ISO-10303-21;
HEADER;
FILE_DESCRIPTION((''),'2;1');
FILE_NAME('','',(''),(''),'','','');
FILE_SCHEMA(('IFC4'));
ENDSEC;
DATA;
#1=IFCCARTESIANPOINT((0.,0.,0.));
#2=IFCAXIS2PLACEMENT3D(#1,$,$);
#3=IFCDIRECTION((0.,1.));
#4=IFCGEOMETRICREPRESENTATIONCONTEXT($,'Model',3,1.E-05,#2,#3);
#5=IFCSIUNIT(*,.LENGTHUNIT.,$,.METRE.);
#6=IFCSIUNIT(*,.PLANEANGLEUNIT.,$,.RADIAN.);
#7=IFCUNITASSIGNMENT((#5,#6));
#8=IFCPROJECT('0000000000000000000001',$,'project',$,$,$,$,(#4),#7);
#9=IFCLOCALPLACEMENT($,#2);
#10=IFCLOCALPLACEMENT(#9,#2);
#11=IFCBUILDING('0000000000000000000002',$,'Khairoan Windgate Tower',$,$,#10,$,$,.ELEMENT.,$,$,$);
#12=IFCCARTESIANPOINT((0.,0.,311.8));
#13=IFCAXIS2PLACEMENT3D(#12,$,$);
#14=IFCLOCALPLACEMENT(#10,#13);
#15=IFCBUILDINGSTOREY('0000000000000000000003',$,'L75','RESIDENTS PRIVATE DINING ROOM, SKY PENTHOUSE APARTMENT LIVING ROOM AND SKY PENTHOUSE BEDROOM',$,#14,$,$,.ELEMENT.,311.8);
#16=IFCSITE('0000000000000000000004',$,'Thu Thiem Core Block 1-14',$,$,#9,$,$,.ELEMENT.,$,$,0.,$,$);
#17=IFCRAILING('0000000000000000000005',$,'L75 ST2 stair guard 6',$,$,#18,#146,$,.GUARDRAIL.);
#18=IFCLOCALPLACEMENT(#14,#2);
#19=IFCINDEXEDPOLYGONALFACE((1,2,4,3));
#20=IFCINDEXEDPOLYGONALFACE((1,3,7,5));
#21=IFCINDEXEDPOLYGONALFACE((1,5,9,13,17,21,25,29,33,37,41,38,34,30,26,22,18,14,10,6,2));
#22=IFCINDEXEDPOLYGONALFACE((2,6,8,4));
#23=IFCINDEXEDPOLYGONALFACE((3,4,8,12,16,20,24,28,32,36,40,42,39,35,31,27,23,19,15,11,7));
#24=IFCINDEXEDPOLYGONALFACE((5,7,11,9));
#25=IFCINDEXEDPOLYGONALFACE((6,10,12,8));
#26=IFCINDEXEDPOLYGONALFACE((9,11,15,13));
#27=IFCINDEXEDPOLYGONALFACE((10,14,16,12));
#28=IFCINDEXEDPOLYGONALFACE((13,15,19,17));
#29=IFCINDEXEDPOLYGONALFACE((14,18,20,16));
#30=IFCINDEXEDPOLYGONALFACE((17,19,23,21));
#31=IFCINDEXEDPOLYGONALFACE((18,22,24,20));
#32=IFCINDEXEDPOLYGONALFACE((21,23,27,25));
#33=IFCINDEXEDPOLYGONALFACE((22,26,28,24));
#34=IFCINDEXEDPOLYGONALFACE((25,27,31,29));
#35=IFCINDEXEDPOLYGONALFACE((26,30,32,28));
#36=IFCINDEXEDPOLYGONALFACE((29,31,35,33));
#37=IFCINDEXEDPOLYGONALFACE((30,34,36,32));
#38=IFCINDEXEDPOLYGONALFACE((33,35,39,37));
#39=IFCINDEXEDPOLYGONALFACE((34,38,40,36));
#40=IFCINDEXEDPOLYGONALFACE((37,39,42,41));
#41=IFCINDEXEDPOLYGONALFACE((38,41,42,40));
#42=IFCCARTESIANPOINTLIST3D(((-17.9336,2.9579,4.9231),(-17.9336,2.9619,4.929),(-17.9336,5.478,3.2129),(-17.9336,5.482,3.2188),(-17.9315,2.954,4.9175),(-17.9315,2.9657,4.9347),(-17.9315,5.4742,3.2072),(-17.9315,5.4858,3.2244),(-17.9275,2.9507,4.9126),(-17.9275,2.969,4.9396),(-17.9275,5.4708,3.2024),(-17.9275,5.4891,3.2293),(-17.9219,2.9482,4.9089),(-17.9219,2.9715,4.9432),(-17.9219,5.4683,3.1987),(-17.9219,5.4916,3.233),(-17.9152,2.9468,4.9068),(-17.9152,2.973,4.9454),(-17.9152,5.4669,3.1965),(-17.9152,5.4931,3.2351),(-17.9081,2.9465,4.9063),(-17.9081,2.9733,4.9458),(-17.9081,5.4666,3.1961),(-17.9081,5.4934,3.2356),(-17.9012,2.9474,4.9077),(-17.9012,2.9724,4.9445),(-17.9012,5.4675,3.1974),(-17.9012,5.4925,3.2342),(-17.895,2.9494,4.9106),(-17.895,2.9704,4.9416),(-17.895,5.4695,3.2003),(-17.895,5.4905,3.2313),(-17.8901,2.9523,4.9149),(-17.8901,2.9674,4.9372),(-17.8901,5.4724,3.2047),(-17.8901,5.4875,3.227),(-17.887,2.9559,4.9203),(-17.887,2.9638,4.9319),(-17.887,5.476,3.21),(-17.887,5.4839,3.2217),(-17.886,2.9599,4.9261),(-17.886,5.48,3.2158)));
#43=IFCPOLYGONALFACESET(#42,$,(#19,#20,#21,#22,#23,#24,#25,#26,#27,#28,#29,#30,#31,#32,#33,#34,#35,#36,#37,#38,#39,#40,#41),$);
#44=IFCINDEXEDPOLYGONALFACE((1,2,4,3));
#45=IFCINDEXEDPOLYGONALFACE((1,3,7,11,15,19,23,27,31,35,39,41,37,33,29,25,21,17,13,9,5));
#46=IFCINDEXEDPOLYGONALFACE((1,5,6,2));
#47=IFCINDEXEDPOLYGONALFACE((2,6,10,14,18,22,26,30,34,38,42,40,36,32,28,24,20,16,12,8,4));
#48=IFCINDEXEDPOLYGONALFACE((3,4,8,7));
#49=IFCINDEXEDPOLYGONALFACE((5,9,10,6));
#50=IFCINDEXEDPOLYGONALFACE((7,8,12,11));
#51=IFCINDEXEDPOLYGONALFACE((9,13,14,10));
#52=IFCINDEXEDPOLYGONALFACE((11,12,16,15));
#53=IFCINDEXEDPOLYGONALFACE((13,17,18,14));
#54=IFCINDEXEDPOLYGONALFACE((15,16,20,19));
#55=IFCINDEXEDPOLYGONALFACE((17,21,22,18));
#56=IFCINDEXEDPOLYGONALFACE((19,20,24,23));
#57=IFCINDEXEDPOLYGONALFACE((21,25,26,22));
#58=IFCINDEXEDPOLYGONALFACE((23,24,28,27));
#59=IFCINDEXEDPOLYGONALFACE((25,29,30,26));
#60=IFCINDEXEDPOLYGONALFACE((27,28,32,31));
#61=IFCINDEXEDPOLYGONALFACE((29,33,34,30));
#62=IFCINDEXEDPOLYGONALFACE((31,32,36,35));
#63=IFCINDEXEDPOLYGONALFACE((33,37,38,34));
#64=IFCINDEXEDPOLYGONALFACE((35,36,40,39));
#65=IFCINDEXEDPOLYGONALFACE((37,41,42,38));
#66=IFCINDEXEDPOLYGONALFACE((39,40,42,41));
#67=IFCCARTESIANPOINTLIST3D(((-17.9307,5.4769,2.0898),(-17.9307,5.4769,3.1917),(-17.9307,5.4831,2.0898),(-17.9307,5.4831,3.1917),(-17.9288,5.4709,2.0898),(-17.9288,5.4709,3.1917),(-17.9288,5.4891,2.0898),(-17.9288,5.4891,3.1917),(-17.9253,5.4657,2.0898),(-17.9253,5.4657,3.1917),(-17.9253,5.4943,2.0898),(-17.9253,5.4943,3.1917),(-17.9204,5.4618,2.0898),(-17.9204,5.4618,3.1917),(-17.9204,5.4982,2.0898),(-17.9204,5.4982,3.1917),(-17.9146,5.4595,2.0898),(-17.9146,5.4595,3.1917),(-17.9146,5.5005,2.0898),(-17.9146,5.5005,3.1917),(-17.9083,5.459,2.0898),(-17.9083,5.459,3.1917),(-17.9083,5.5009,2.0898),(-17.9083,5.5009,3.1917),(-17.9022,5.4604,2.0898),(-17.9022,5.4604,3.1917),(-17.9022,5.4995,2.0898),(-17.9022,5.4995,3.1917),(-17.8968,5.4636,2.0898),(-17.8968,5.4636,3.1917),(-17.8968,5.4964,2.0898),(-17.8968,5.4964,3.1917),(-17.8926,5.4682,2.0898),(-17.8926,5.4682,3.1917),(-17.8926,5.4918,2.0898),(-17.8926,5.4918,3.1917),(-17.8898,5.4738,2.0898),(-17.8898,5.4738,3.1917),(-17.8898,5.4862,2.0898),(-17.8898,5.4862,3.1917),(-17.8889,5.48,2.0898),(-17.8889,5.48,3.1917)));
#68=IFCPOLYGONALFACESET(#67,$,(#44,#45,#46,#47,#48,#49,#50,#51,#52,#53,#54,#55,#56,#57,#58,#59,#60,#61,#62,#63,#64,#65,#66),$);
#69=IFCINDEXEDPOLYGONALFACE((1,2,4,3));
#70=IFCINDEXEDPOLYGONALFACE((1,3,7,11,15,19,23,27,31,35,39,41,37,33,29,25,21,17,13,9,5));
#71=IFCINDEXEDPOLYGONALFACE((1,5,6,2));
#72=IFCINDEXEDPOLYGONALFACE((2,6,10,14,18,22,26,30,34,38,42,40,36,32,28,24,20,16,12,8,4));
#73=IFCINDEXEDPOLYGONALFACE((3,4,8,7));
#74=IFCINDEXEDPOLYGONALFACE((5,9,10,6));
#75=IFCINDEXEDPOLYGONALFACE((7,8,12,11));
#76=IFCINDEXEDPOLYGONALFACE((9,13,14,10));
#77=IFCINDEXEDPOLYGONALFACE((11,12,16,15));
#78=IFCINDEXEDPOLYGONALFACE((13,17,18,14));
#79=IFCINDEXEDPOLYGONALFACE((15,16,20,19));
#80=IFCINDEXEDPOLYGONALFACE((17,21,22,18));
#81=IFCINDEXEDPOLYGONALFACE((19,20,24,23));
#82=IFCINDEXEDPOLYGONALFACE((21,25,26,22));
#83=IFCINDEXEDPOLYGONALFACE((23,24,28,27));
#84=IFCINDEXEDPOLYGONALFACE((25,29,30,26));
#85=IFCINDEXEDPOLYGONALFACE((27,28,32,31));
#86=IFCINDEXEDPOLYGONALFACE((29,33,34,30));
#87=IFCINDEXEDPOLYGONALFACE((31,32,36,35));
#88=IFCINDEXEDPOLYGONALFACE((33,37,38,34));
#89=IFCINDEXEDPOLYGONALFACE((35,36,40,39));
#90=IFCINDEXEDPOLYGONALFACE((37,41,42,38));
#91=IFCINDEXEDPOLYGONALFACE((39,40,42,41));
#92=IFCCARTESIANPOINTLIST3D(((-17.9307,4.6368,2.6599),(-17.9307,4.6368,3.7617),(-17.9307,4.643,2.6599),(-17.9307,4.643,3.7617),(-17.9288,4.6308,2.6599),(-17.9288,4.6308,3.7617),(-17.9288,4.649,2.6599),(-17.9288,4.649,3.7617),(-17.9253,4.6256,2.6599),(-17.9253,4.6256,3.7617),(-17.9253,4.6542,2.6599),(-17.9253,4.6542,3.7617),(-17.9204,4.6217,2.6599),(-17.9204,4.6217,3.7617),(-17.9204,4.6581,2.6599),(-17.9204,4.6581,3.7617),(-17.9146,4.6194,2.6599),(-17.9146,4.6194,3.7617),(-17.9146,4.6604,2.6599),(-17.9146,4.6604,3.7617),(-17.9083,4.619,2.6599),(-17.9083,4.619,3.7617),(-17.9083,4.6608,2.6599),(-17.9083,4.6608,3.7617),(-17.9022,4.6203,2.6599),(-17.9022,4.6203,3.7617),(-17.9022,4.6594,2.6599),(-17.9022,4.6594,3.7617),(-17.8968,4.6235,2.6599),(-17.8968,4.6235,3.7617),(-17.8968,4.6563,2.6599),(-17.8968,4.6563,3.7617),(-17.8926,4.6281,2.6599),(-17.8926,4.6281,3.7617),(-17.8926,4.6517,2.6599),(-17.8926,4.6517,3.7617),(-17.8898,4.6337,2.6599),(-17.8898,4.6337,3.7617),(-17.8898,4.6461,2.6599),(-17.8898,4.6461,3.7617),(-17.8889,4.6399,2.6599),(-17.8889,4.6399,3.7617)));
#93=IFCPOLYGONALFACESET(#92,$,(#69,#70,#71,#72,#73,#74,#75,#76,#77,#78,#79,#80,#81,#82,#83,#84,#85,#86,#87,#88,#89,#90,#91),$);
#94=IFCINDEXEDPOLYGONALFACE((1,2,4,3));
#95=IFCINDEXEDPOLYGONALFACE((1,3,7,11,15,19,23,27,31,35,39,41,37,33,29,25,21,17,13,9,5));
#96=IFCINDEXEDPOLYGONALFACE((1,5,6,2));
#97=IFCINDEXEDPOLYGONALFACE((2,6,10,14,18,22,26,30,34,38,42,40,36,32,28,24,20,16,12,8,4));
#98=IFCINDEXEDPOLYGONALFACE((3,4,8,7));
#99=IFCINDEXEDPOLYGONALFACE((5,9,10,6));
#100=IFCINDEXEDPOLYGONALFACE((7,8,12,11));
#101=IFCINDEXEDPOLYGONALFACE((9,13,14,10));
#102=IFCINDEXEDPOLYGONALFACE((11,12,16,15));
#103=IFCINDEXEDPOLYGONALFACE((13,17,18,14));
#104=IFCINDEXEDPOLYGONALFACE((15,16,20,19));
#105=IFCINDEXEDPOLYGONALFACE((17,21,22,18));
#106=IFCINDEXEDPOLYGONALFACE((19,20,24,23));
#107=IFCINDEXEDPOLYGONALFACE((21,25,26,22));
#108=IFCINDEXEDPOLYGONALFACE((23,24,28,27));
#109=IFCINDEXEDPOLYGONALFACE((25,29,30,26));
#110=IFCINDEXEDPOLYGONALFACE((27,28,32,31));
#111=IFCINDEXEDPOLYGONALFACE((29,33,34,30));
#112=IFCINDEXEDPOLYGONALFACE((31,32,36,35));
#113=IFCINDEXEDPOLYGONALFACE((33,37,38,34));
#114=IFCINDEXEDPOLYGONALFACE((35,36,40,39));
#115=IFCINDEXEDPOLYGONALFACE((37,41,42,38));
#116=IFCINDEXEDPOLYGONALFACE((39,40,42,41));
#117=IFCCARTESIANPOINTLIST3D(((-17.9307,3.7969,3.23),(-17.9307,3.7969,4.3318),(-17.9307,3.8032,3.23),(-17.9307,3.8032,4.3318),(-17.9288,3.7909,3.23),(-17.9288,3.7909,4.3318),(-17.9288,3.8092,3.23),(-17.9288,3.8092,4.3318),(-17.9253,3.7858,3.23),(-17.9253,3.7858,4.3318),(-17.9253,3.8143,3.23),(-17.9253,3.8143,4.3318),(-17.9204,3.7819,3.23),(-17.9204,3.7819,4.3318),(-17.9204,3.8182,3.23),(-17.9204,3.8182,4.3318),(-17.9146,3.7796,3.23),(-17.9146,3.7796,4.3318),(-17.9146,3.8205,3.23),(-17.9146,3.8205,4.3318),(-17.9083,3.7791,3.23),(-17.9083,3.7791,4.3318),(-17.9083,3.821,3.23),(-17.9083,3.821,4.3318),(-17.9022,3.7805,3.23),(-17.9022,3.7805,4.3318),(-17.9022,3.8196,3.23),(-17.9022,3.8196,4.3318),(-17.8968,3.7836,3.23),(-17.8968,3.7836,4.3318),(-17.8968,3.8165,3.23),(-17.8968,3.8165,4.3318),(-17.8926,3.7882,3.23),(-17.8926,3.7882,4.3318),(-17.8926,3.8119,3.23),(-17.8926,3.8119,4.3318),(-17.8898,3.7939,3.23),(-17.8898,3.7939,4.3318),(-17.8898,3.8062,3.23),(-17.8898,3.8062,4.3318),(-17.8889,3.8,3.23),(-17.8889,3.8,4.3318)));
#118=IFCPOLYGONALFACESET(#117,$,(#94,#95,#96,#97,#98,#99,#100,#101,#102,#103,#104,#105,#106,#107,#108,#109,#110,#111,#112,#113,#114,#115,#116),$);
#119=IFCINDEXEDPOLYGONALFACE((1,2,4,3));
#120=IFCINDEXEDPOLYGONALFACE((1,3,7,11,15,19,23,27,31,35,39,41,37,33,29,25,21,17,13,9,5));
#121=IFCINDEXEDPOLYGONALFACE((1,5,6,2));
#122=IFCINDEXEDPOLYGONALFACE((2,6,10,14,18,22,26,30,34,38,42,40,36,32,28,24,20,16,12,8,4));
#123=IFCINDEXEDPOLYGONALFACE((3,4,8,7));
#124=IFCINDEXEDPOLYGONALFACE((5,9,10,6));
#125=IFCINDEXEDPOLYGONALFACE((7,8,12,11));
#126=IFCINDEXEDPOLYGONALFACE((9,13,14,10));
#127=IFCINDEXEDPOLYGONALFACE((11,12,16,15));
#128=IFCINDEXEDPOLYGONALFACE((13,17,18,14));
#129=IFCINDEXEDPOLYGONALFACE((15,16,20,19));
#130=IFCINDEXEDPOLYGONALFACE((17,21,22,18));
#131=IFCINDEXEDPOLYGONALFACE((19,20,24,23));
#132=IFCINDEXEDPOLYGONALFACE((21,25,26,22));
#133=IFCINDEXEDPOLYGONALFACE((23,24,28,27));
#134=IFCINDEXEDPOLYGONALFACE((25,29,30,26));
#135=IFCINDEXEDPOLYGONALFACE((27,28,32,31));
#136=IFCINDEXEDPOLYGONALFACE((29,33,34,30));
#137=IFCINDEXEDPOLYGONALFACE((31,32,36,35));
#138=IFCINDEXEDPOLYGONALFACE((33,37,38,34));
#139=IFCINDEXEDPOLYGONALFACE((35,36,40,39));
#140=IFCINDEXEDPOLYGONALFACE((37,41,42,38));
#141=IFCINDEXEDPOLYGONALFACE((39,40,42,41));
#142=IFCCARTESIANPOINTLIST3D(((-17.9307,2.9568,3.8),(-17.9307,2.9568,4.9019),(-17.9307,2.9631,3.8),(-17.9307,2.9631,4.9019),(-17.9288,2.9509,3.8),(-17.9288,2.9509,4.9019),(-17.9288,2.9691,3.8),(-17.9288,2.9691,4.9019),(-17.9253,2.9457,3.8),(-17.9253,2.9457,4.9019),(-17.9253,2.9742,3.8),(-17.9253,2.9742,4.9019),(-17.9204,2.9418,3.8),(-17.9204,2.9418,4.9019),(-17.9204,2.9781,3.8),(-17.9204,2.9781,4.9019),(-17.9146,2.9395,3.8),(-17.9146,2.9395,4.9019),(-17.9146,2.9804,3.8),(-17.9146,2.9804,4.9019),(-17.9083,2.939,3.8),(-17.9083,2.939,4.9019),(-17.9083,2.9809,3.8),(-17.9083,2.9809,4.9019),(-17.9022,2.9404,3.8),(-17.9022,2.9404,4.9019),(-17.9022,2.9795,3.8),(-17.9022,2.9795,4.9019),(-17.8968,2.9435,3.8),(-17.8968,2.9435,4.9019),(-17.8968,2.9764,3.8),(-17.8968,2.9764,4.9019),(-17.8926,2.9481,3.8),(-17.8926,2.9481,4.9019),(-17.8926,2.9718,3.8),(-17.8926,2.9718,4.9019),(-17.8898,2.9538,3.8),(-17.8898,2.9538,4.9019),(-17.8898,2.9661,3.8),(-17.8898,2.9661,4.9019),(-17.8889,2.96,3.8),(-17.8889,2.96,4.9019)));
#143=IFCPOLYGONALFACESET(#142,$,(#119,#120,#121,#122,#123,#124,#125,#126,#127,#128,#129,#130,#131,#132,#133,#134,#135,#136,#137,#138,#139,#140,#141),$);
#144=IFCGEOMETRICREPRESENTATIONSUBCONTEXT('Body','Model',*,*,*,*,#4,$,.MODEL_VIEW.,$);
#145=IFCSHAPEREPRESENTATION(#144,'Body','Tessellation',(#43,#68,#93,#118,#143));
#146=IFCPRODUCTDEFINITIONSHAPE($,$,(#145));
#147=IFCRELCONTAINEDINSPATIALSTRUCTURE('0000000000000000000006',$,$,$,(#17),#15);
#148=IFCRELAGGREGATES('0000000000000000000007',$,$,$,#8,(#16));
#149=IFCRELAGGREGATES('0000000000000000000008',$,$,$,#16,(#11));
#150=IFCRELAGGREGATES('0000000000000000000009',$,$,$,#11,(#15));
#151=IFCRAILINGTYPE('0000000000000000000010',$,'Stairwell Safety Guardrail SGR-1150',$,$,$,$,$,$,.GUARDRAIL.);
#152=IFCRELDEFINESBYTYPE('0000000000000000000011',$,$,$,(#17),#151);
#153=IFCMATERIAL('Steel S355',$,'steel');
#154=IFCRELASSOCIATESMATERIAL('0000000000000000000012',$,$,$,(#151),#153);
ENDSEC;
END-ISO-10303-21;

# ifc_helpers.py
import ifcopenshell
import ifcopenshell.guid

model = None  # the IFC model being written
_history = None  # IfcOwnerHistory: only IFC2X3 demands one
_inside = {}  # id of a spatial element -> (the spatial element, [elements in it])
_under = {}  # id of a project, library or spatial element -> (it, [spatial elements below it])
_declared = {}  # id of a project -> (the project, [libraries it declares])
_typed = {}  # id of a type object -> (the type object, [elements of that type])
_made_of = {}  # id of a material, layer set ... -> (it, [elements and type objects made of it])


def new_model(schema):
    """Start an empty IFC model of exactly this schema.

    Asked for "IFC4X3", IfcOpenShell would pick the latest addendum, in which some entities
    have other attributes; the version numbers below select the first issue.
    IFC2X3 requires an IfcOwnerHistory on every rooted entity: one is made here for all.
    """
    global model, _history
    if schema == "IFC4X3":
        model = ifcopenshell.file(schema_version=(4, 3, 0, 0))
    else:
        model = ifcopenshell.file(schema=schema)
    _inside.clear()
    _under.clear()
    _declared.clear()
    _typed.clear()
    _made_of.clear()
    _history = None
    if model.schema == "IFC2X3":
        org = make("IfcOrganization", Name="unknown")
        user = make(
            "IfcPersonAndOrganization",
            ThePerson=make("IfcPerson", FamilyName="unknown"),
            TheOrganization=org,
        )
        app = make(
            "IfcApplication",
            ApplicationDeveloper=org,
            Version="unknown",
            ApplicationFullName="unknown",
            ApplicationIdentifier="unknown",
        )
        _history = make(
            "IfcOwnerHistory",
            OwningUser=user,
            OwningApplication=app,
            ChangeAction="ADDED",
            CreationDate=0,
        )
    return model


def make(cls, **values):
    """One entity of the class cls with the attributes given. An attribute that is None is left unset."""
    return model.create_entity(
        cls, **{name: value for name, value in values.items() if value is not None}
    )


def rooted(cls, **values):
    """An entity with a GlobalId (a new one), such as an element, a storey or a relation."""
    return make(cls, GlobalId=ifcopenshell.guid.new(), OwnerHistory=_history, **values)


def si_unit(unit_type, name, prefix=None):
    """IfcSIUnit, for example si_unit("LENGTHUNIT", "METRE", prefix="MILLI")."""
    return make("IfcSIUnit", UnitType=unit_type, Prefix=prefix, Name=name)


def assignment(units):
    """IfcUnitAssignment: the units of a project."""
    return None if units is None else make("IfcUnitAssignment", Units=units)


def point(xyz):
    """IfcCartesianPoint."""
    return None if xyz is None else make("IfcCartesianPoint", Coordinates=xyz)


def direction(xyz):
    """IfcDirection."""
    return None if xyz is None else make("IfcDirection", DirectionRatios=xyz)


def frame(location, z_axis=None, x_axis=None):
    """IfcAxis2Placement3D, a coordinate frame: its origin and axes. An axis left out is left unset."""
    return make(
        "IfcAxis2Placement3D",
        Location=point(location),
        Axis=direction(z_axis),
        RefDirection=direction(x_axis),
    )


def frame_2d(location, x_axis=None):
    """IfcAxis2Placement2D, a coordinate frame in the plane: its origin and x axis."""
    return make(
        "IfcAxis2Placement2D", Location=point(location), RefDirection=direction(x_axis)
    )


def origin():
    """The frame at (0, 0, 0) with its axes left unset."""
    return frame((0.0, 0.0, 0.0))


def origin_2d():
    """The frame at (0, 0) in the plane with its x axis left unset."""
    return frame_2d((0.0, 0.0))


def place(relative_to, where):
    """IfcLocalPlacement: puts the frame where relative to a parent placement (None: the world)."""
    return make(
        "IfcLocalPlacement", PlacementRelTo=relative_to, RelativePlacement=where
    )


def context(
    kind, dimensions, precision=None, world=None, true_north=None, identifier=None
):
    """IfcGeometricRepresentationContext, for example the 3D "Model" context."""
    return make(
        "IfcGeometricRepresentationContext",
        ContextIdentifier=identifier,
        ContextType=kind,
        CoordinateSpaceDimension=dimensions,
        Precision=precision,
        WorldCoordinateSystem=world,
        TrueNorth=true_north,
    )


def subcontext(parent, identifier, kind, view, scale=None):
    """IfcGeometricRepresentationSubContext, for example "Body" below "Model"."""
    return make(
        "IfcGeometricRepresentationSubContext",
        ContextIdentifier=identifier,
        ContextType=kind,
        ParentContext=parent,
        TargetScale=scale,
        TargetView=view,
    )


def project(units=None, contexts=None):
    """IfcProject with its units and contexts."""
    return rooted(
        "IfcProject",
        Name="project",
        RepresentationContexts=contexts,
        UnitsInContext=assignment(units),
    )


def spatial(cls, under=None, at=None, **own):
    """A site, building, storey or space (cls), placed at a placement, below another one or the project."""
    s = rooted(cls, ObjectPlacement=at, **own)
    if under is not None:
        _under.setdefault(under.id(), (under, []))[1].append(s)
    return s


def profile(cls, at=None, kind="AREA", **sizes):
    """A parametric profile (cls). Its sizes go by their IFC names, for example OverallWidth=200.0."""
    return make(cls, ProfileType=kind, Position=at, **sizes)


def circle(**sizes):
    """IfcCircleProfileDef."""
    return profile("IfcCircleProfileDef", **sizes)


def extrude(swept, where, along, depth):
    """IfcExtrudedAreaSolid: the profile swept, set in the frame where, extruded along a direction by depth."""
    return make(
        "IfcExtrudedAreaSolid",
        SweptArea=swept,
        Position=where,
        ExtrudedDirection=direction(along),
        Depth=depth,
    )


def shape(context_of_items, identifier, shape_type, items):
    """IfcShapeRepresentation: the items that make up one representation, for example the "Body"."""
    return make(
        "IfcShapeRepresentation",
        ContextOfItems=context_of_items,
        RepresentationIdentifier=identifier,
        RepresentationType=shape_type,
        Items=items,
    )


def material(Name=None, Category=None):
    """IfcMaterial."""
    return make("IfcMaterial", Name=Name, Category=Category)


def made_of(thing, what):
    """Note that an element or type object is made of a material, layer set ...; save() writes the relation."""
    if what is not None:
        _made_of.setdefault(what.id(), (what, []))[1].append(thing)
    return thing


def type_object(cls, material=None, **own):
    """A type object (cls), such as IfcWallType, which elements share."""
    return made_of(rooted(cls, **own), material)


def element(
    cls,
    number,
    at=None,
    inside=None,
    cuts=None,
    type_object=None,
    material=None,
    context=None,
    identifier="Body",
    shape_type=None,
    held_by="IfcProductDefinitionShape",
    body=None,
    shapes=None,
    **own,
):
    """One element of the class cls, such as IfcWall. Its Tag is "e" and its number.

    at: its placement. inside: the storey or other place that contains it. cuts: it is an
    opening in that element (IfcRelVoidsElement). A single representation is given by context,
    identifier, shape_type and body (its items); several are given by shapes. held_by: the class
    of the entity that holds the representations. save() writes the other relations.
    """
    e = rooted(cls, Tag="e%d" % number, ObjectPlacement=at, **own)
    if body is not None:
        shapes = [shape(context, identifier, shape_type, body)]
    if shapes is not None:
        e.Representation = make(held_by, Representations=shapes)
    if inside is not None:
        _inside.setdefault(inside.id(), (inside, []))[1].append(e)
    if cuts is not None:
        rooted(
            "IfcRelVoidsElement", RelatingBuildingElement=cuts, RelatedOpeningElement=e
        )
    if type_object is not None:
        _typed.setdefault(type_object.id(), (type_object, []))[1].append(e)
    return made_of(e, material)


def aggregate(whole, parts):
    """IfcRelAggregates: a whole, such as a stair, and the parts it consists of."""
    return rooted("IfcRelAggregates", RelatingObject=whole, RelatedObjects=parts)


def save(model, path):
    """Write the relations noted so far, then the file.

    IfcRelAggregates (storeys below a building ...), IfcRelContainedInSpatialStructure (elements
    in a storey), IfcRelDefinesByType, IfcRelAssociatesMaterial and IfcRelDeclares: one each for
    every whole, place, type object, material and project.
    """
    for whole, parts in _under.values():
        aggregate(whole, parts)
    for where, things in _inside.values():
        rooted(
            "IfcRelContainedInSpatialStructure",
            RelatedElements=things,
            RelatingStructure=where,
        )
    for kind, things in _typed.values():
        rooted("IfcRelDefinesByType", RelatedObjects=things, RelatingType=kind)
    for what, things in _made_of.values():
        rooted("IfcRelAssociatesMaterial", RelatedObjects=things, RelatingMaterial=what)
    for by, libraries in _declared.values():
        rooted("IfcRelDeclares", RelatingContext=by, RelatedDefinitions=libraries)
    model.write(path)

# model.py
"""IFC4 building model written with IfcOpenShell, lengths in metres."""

from ifc_helpers import new_model, si_unit, direction, frame, origin, origin_2d, place, context, subcontext, project, spatial, circle, extrude, material, type_object, element, save


model = new_model("IFC4")

# Units and contexts
model_context = context("Model", 3, precision=1e-05, world=origin(), true_north=direction((0.0, 1.0)))
body_context = subcontext(model_context, "Body", "Model", "MODEL_VIEW")
ifc_project = project(units=[si_unit("LENGTHUNIT", "METRE"), si_unit("PLANEANGLEUNIT", "RADIAN")], contexts=[model_context])

# Site, building, storey
site_placement = place(None, origin())
site = spatial("IfcSite", under=ifc_project, at=site_placement, Name="Thu Thiem Core Block 1-14", CompositionType="ELEMENT", RefElevation=0.0)
building_placement = place(site_placement, origin())
building = spatial("IfcBuilding", under=site, at=building_placement, Name="Khairoan Windgate Tower", CompositionType="ELEMENT")
storey_placement = place(building_placement, frame((0.0, 0.0, 311.8)))
storey = spatial("IfcBuildingStorey", under=building, at=storey_placement, Name="L75", Description="RESIDENTS PRIVATE DINING ROOM, SKY PENTHOUSE APARTMENT LIVING ROOM AND SKY PENTHOUSE BEDROOM", CompositionType="ELEMENT", Elevation=311.8)

# Railing
ifc_material_1 = material(Name="Steel S355", Category="steel")
railing_type_1 = type_object("IfcRailingType", Name="Stairwell Safety Guardrail SGR-1150", PredefinedType="GUARDRAIL", material=ifc_material_1)
railing_1_placement = place(storey_placement, frame((-17.9099, 5.48, 2.0898)))
element("IfcRailing", 1, at=railing_1_placement, inside=storey, type_object=railing_type_1, Name="L75 ST2 stair guard 6", PredefinedType="GUARDRAIL", context=body_context, shape_type="SweptSolid", body=[
    extrude(circle(Radius=0.0239, at=origin_2d()), frame((0.0, 0.0, 1.126), z_axis=(0.0, -0.827447, 0.561545), x_axis=(1.0, 0.0, 0.0)), (0.0, 0.0, 1.0), 3.0457),
    extrude(circle(Radius=0.021, at=origin_2d()), origin(), (0.0, 0.0, 1.0), 1.1018),
    extrude(circle(Radius=0.021, at=origin_2d()), frame((0.0, -0.8401, 0.5701)), (0.0, 0.0, 1.0), 1.1018),
    extrude(circle(Radius=0.021, at=origin_2d()), frame((0.0, -1.6799, 1.1401)), (0.0, 0.0, 1.0), 1.1018),
    extrude(circle(Radius=0.021, at=origin_2d()), frame((0.0, -2.52, 1.7102)), (0.0, 0.0, 1.0), 1.1018),
])

save(model, "model.ifc")
